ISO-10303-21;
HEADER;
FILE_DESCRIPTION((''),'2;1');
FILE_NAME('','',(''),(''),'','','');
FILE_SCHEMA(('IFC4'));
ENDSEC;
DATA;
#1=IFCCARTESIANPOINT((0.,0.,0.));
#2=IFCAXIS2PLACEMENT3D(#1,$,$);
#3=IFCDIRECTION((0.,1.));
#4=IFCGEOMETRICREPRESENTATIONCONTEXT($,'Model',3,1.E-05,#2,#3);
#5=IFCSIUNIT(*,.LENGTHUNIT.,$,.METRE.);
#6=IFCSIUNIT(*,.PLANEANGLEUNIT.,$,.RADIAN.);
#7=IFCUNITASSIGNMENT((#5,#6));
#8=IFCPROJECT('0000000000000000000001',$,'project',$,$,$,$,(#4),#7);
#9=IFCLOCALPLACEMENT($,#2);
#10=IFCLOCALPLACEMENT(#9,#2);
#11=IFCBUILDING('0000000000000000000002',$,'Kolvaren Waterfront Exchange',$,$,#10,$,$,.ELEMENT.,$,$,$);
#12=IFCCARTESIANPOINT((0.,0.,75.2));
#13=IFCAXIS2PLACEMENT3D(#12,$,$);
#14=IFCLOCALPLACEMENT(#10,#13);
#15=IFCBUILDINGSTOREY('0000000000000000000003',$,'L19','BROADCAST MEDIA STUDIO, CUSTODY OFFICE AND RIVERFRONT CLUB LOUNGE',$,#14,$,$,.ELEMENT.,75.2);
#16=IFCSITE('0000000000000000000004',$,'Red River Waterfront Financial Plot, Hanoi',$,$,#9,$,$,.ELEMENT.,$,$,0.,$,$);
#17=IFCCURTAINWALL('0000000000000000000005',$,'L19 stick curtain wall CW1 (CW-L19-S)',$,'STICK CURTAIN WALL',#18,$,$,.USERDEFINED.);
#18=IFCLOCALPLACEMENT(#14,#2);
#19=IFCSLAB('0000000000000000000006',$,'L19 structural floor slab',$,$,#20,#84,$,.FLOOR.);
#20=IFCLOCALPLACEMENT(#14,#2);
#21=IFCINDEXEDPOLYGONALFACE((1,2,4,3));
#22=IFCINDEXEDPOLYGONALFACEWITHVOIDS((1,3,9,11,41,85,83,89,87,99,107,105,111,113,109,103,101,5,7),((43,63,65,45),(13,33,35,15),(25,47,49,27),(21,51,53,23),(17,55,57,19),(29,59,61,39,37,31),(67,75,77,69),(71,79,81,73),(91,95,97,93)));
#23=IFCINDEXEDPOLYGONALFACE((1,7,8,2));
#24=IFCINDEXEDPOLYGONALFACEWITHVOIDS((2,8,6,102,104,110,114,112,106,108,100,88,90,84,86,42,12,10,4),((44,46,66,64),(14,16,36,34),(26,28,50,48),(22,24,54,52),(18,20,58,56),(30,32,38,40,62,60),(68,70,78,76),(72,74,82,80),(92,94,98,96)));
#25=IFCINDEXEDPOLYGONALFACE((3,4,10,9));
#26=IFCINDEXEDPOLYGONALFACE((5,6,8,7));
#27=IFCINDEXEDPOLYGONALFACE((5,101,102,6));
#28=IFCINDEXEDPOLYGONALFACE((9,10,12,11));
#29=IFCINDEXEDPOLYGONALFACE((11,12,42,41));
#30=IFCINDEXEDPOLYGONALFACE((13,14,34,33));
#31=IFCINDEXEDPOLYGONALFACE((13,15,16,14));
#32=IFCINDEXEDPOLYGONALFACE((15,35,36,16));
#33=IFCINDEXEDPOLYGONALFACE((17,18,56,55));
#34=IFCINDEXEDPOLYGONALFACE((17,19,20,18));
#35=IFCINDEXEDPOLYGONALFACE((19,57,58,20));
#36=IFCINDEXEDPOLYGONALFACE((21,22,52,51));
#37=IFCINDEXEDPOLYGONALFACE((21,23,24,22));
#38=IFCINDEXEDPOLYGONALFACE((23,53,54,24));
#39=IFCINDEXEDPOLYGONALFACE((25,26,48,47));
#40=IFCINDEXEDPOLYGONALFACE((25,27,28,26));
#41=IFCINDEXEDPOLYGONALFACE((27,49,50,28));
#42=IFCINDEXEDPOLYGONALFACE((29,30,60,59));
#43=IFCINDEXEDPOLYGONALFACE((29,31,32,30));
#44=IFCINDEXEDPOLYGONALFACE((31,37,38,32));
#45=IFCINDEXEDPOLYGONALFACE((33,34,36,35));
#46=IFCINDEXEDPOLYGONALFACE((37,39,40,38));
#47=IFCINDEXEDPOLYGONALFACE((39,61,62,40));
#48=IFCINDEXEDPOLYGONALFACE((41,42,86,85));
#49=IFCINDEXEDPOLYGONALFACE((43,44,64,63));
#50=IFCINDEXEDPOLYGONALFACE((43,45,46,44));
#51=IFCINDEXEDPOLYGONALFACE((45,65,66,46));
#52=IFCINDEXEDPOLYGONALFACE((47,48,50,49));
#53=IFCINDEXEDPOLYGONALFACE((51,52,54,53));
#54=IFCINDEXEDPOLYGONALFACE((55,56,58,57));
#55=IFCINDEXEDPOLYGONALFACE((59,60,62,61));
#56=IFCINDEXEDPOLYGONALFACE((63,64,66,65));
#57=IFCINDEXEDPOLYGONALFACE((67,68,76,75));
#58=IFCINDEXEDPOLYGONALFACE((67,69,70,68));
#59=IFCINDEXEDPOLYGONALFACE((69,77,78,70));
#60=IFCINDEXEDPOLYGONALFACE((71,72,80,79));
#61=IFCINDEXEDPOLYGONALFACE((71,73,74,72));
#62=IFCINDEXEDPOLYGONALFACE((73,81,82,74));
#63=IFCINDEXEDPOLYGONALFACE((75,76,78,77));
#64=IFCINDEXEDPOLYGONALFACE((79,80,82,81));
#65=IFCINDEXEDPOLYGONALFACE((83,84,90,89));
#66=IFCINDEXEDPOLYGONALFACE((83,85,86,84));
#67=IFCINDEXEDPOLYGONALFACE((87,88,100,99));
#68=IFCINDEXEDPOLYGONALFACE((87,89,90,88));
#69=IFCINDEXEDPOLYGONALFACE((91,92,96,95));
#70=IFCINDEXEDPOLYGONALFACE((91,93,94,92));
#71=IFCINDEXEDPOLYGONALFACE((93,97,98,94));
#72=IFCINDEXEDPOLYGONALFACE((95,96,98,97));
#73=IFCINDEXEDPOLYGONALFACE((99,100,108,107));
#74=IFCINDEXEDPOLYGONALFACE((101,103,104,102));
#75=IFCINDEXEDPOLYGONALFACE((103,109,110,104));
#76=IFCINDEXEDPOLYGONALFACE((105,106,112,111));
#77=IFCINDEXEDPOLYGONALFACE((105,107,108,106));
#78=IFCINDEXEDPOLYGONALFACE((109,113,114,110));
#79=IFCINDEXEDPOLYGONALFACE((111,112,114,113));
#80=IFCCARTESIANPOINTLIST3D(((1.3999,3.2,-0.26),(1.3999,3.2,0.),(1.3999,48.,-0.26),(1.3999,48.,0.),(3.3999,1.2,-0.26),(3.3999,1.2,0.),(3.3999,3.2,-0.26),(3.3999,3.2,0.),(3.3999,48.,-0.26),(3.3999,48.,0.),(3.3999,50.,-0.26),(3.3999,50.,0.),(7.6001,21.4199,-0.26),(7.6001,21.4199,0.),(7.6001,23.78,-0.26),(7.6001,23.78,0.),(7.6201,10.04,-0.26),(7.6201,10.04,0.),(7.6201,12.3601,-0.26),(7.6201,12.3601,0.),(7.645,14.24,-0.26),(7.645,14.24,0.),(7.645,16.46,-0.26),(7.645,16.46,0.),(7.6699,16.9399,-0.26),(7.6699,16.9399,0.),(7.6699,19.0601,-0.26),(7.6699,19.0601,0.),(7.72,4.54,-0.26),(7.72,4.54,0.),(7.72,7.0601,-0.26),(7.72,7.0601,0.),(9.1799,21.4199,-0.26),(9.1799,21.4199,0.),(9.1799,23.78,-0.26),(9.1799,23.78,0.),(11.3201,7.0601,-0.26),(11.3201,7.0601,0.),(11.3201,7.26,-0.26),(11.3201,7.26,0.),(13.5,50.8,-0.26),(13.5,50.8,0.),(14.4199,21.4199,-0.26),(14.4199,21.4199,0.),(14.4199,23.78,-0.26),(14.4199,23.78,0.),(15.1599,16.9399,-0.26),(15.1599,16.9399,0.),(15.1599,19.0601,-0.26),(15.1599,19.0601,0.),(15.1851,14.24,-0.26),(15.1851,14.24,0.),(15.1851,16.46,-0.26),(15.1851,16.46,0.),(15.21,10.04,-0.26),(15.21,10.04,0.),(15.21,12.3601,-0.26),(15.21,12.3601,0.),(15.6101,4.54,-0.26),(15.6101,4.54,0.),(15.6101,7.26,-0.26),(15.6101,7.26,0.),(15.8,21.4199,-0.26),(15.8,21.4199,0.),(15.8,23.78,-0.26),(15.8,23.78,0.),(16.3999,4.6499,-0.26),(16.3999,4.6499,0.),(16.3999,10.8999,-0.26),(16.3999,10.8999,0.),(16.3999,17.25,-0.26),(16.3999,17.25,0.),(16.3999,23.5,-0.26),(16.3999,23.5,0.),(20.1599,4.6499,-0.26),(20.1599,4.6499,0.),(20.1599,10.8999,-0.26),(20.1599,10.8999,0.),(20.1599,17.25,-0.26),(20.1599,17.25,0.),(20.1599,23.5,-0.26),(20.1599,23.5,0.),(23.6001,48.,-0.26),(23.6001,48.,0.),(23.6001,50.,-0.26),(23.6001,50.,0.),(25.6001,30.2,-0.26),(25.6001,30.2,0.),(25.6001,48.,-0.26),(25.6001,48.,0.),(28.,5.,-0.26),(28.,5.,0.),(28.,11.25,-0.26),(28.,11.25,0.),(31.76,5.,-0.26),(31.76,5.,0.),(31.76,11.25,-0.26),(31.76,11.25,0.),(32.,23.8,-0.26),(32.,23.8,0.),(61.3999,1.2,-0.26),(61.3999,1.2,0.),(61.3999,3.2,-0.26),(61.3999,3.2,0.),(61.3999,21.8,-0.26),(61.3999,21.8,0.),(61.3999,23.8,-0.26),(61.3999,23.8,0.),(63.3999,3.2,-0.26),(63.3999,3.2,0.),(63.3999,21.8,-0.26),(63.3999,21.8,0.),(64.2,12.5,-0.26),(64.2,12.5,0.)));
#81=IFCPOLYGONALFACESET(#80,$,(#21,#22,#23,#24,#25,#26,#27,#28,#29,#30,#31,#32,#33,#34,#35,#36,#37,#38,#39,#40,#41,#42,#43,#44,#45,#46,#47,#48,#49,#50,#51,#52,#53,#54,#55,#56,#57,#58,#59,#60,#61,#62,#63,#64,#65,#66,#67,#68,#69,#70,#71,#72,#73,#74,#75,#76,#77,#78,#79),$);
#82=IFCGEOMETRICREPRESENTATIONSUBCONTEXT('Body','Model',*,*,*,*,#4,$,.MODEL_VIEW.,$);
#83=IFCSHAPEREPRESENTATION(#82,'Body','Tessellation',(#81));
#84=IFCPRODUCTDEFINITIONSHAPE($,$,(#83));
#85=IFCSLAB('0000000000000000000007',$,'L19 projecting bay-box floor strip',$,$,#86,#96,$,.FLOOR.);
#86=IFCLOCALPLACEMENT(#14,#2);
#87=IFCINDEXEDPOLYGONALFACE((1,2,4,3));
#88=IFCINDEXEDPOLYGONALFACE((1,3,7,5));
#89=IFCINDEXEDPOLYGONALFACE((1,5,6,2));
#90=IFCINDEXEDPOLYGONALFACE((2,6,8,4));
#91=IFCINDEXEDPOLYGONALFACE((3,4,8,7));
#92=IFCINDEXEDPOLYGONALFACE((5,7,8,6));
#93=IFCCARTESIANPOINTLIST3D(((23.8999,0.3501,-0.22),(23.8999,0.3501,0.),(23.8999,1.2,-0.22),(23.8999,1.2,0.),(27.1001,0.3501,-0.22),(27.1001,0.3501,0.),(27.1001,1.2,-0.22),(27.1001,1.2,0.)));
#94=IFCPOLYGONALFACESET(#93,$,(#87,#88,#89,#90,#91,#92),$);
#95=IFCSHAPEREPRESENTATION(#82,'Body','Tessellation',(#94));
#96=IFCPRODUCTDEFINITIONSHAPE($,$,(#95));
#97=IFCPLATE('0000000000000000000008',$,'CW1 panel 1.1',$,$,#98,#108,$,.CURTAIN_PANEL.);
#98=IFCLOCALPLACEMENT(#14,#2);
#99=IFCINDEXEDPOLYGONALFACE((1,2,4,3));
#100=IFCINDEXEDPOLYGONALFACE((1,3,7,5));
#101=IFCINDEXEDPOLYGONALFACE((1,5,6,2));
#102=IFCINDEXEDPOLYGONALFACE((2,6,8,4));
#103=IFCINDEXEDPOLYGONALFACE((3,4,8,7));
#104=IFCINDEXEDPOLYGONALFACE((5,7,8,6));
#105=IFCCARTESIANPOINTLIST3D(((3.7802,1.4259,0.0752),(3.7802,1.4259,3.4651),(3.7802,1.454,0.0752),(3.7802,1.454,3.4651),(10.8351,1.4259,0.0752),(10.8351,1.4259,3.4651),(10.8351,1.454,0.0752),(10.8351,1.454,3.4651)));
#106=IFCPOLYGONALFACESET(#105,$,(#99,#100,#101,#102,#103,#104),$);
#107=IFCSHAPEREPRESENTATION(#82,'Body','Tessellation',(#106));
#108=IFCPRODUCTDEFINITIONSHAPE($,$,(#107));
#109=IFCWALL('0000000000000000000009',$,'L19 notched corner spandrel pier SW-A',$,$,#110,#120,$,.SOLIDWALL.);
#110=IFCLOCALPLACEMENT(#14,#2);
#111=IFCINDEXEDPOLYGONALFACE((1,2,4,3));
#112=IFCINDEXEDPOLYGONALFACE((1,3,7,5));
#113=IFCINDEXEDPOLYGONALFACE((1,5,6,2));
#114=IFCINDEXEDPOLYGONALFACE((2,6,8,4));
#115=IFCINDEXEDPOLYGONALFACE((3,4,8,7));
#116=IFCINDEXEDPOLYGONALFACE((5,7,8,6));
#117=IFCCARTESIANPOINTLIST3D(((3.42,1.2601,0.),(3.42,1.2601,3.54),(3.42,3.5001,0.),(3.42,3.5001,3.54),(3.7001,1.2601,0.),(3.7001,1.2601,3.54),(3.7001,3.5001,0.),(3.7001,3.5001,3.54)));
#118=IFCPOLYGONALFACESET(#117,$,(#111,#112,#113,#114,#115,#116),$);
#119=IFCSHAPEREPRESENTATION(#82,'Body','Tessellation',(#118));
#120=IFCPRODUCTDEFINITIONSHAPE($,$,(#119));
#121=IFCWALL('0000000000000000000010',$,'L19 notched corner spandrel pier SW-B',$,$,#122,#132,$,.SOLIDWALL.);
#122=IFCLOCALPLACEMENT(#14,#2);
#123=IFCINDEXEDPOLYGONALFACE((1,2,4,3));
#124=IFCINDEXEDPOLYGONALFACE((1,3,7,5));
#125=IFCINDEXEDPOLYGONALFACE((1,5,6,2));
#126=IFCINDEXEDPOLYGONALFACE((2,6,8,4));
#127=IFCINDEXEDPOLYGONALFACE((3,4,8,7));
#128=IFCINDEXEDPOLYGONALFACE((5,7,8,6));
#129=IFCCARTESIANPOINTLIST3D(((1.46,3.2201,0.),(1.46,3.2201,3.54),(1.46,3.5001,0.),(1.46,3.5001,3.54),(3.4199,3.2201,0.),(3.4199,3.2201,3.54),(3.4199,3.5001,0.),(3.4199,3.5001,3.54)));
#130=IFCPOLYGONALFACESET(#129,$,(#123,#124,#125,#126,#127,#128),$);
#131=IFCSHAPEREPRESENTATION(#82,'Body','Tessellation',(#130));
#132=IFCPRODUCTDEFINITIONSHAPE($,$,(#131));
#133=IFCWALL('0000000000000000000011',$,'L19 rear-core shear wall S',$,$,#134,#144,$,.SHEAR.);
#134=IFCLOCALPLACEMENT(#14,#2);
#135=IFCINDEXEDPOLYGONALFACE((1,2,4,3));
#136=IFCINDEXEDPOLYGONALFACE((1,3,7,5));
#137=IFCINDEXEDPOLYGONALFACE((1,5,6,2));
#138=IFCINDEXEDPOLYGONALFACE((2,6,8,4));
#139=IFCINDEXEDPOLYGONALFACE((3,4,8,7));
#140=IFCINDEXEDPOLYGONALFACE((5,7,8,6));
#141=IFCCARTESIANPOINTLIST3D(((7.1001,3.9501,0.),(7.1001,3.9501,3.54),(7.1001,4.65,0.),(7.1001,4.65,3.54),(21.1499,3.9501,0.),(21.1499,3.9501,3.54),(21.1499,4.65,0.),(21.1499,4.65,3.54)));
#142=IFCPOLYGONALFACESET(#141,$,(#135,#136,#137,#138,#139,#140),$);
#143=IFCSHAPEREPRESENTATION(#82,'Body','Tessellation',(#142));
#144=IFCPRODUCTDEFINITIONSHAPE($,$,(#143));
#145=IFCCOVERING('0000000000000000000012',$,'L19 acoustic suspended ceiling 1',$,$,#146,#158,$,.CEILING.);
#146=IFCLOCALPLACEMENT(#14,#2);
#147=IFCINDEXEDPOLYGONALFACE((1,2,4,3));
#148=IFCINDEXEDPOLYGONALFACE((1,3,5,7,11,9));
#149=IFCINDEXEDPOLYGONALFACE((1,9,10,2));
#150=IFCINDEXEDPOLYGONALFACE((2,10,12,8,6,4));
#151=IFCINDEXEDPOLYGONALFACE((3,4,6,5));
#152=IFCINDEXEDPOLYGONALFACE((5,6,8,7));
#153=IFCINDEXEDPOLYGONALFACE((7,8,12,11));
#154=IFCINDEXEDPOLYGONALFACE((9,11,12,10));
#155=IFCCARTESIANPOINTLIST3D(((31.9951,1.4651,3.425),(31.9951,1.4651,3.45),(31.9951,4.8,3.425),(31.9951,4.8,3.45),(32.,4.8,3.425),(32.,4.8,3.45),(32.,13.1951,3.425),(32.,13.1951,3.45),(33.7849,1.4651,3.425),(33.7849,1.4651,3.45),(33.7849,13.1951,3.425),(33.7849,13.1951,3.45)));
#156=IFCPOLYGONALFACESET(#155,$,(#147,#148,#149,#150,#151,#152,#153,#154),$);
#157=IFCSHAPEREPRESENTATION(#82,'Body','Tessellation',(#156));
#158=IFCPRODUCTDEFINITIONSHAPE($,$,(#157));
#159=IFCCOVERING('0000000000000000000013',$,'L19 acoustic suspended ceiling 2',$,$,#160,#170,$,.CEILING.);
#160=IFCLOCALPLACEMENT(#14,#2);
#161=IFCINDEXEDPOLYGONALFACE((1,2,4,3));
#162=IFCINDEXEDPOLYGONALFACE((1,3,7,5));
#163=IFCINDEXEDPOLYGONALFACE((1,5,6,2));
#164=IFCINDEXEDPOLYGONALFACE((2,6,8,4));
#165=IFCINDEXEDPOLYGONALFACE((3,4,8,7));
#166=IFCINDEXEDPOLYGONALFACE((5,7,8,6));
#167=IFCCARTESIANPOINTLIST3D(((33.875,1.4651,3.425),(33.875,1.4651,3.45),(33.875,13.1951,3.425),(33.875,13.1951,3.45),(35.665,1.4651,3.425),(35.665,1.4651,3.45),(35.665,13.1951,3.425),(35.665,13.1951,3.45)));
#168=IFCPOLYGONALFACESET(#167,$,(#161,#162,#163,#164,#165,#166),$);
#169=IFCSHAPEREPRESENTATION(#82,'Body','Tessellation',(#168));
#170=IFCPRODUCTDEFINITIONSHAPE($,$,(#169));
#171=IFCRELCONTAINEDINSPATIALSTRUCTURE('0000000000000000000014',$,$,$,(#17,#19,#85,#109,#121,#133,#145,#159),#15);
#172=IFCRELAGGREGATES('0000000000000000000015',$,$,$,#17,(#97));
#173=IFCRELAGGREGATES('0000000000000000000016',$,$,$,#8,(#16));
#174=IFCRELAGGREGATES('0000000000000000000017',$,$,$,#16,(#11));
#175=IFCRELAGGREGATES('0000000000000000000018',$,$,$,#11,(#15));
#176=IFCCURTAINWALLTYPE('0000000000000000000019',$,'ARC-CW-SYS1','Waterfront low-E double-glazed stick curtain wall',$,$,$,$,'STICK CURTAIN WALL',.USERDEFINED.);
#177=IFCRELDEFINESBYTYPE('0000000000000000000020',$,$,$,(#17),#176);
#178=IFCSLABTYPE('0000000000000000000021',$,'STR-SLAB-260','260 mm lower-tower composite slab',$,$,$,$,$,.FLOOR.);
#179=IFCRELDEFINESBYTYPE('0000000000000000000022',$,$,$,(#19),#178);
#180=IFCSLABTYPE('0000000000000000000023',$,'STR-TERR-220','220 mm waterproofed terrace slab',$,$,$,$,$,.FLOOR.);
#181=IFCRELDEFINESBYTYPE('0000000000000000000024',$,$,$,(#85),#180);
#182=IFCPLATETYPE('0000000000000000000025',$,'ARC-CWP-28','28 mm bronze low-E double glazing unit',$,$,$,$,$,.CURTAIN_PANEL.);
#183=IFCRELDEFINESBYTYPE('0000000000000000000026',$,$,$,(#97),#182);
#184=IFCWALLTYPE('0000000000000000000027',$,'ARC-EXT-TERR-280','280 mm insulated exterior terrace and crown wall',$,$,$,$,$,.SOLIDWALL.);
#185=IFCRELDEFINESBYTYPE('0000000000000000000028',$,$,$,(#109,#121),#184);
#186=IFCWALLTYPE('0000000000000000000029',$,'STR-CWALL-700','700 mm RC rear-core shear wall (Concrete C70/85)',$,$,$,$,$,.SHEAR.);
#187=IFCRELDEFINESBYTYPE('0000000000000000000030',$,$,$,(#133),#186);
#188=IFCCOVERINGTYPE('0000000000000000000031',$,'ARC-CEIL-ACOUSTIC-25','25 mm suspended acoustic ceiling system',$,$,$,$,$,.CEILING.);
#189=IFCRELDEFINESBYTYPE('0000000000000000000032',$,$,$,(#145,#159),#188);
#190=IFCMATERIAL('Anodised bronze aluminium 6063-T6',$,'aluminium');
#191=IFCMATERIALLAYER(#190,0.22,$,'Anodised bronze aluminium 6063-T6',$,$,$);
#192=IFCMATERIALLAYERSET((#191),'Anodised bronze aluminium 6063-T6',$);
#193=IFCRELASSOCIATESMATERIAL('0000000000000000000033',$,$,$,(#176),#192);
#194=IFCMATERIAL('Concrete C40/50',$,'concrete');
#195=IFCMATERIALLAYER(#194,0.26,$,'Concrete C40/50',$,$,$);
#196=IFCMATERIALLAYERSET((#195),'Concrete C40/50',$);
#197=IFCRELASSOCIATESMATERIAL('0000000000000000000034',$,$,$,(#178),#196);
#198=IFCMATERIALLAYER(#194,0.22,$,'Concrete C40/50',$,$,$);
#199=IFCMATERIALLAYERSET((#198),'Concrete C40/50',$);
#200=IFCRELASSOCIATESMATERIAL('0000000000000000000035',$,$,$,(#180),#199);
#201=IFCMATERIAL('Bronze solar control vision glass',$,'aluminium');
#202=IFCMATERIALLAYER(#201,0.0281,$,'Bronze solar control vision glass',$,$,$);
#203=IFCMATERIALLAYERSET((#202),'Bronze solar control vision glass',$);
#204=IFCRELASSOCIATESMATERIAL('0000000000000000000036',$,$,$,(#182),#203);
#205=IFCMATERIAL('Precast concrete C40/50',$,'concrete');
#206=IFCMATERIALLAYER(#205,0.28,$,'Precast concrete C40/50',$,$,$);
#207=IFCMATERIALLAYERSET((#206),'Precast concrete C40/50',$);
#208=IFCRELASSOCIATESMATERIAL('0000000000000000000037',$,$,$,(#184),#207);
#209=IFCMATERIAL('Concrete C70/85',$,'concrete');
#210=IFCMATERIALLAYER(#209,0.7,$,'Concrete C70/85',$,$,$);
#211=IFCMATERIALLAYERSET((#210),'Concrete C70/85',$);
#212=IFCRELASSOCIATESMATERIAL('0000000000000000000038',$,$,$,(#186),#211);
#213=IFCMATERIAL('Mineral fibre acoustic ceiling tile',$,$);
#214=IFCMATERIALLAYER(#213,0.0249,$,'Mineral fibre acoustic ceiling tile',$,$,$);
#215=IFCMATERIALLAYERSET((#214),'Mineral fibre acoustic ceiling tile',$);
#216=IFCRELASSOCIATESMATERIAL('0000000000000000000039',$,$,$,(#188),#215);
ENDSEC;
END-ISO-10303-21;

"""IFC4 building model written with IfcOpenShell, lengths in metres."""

from ifc_helpers import new_model, si_unit, direction, frame, frame_2d, origin, origin_with_axes, origin_2d, place, context, subcontext, project, spatial, polyline, rectangle, outline, extrude, source, transform, mapped, material, layer, layer_set, type_object, element, aggregate, save


model = new_model("IFC4")

# Units and contexts
model_context = context("Model", 3, precision=1e-05, world=origin(), true_north=direction((0.0, 1.0)))
body_context = subcontext(model_context, "Body", "Model", "MODEL_VIEW")
ifc_project = project(units=[si_unit("LENGTHUNIT", "METRE"), si_unit("PLANEANGLEUNIT", "RADIAN")], contexts=[model_context])

# Site, building, storey
site_placement = place(None, origin())
site = spatial("IfcSite", under=ifc_project, at=site_placement, Name="Red River Waterfront Financial Plot, Hanoi", CompositionType="ELEMENT", RefElevation=0.0)
building_placement = place(site_placement, origin())
building = spatial("IfcBuilding", under=site, at=building_placement, Name="Kolvaren Waterfront Exchange", CompositionType="ELEMENT")
storey_placement = place(building_placement, frame((0.0, 0.0, 75.2)))
storey = spatial("IfcBuildingStorey", under=building, at=storey_placement, Name="L19", Description="BROADCAST MEDIA STUDIO, CUSTODY OFFICE AND RIVERFRONT CLUB LOUNGE", CompositionType="ELEMENT", Elevation=75.2)

# Curtain wall
ifc_material_1 = material(Name="Anodised bronze aluminium 6063-T6", Category="aluminium")
ifc_layer_1 = layer(ifc_material_1, 0.22, Name="Anodised bronze aluminium 6063-T6")
ifc_layer_set_1 = layer_set([ifc_layer_1], Name="Anodised bronze aluminium 6063-T6")
curtain_wall_type_1 = type_object("IfcCurtainWallType", Name="ARC-CW-SYS1", Description="Waterfront low-E double-glazed stick curtain wall", ElementType="STICK CURTAIN WALL", PredefinedType="USERDEFINED", material=ifc_layer_set_1)
curtain_wall_1_placement = place(storey_placement, origin())
curtain_wall_1 = element("IfcCurtainWall", 1, at=curtain_wall_1_placement, inside=storey, type_object=curtain_wall_type_1, Name="L19 stick curtain wall CW1 (CW-L19-S)", ObjectType="STICK CURTAIN WALL", PredefinedType="USERDEFINED")

# Shared definitions
ifc_material_2 = material(Name="Concrete C40/50", Category="concrete")

# Slabs
ifc_layer_2 = layer(ifc_material_2, 0.26, Name="Concrete C40/50")
ifc_layer_set_2 = layer_set([ifc_layer_2], Name="Concrete C40/50")
slab_type_1 = type_object("IfcSlabType", Name="STR-SLAB-260", Description="260 mm lower-tower composite slab", PredefinedType="FLOOR", material=ifc_layer_set_2)
slab_1_placement = place(storey_placement, frame((0.0, 0.0, -0.26)))
element("IfcSlab", 2, at=slab_1_placement, inside=storey, type_object=slab_type_1, Name="L19 structural floor slab", PredefinedType="FLOOR", context=body_context, shape_type="SweptSolid", body=[
    extrude(outline(polyline([(3.3999, 1.2), (61.3999, 1.2), (61.3999, 3.2), (63.3999, 3.2), (64.2, 12.5), (63.3999, 21.8), (61.3999, 21.8), (61.3999, 23.8), (32.0, 23.8), (25.6001, 30.2), (25.6001, 48.0), (23.6001, 48.0), (23.6001, 50.0), (13.5, 50.8), (3.3999, 50.0), (3.3999, 48.0), (1.3999, 48.0), (1.3999, 3.2), (3.3999, 3.2), (3.3999, 1.2)]), holes=[polyline([(11.3201, 7.26), (15.6101, 7.26), (15.6101, 4.54), (7.72, 4.54), (7.72, 7.0601), (11.3201, 7.0601), (11.3201, 7.26)]), polyline([(20.1599, 4.6499), (16.3999, 4.6499), (16.3999, 10.8999), (20.1599, 10.8999), (20.1599, 4.6499)]), polyline([(31.76, 5.0), (28.0, 5.0), (28.0, 11.25), (31.76, 11.25), (31.76, 5.0)]), polyline([(15.21, 10.04), (7.6201, 10.04), (7.6201, 12.3601), (15.21, 12.3601), (15.21, 10.04)]), polyline([(7.645, 16.46), (15.1851, 16.46), (15.1851, 14.24), (7.645, 14.24), (7.645, 16.46)]), polyline([(15.1599, 16.9399), (7.6699, 16.9399), (7.6699, 19.0601), (15.1599, 19.0601), (15.1599, 16.9399)]), polyline([(16.3999, 23.5), (20.1599, 23.5), (20.1599, 17.25), (16.3999, 17.25), (16.3999, 23.5)]), polyline([(7.6001, 23.78), (9.1799, 23.78), (9.1799, 21.4199), (7.6001, 21.4199), (7.6001, 23.78)]), polyline([(15.8, 23.78), (15.8, 21.4199), (14.4199, 21.4199), (14.4199, 23.78), (15.8, 23.78)])]), origin(), (0.0, 0.0, 1.0), 0.26),
])
ifc_layer_3 = layer(ifc_material_2, 0.22, Name="Concrete C40/50")
ifc_layer_set_3 = layer_set([ifc_layer_3], Name="Concrete C40/50")
slab_type_2 = type_object("IfcSlabType", Name="STR-TERR-220", Description="220 mm waterproofed terrace slab", PredefinedType="FLOOR", material=ifc_layer_set_3)
slab_2_placement = place(storey_placement, frame((0.0, 0.0, -0.22)))
element("IfcSlab", 3, at=slab_2_placement, inside=storey, type_object=slab_type_2, Name="L19 projecting bay-box floor strip", PredefinedType="FLOOR", context=body_context, shape_type="SweptSolid", body=[
    extrude(outline(polyline([(23.8999, 0.3501), (27.1001, 0.3501), (27.1001, 1.2), (23.8999, 1.2), (23.8999, 0.3501)])), origin(), (0.0, 0.0, 1.0), 0.22),
])

# Plate
ifc_material_3 = material(Name="Bronze solar control vision glass", Category="aluminium")
ifc_layer_4 = layer(ifc_material_3, 0.0281, Name="Bronze solar control vision glass")
ifc_layer_set_4 = layer_set([ifc_layer_4], Name="Bronze solar control vision glass")
plate_type = type_object("IfcPlateType", Name="ARC-CWP-28", Description="28 mm bronze low-E double glazing unit", PredefinedType="CURTAIN_PANEL", material=ifc_layer_set_4)
shared_shape_1 = source(origin_with_axes(), body_context, "Body", "SweptSolid", [
    extrude(rectangle(XDim=7.0549, YDim=0.0281, at=origin_2d()), origin(), (0.0, 0.0, 1.0), 3.3899),
])
plate_placement = place(storey_placement, frame((7.3076, 1.4399, 0.0752), z_axis=(0.0, 0.0, 1.0), x_axis=(1.0, 0.0, 0.0)))
plate = element("IfcPlate", 4, at=plate_placement, type_object=plate_type, Name="CW1 panel 1.1", PredefinedType="CURTAIN_PANEL", context=body_context, shape_type="MappedRepresentation", body=[
    mapped(shared_shape_1, transform((0.0, 0.0, 0.0), x_axis=(1.0, 0.0, 0.0), y_axis=(0.0, 1.0, 0.0), z_axis=(0.0, 0.0, 1.0), scale=1.0)),
])
aggregate(curtain_wall_1, [plate])

# Walls
ifc_material_4 = material(Name="Precast concrete C40/50", Category="concrete")
ifc_layer_5 = layer(ifc_material_4, 0.28, Name="Precast concrete C40/50")
ifc_layer_set_5 = layer_set([ifc_layer_5], Name="Precast concrete C40/50")
wall_type_1 = type_object("IfcWallType", Name="ARC-EXT-TERR-280", Description="280 mm insulated exterior terrace and crown wall", PredefinedType="SOLIDWALL", material=ifc_layer_set_5)
wall_1_placement = place(storey_placement, frame((3.5601, 1.26, 0.0), z_axis=(0.0, 0.0, 1.0), x_axis=(0.0, 1.0, 0.0)))
element("IfcWall", 5, at=wall_1_placement, inside=storey, type_object=wall_type_1, Name="L19 notched corner spandrel pier SW-A", PredefinedType="SOLIDWALL", context=body_context, shape_type="SweptSolid", body=[
    extrude(rectangle(XDim=2.24, YDim=0.28, at=frame_2d((1.1201, 0.0))), origin(), (0.0, 0.0, 1.0), 3.54),
])
wall_2_placement = place(storey_placement, frame((1.46, 3.3601, 0.0), z_axis=(0.0, 0.0, 1.0), x_axis=(1.0, 0.0, 0.0)))
element("IfcWall", 6, at=wall_2_placement, inside=storey, type_object=wall_type_1, Name="L19 notched corner spandrel pier SW-B", PredefinedType="SOLIDWALL", context=body_context, shape_type="SweptSolid", body=[
    extrude(rectangle(XDim=1.96, YDim=0.28, at=frame_2d((0.98, 0.0))), origin(), (0.0, 0.0, 1.0), 3.54),
])
ifc_material_5 = material(Name="Concrete C70/85", Category="concrete")
ifc_layer_6 = layer(ifc_material_5, 0.7, Name="Concrete C70/85")
ifc_layer_set_6 = layer_set([ifc_layer_6], Name="Concrete C70/85")
wall_type_2 = type_object("IfcWallType", Name="STR-CWALL-700", Description="700 mm RC rear-core shear wall (Concrete C70/85)", PredefinedType="SHEAR", material=ifc_layer_set_6)
wall_3_placement = place(storey_placement, frame((7.1001, 4.3, 0.0), z_axis=(0.0, 0.0, 1.0), x_axis=(1.0, 0.0, 0.0)))
element("IfcWall", 7, at=wall_3_placement, inside=storey, type_object=wall_type_2, Name="L19 rear-core shear wall S", PredefinedType="SHEAR", context=body_context, shape_type="SweptSolid", body=[
    extrude(rectangle(XDim=14.0498, YDim=0.7, at=frame_2d((7.0249, 0.0))), origin(), (0.0, 0.0, 1.0), 3.54),
])

# Coverings
ifc_material_6 = material(Name="Mineral fibre acoustic ceiling tile")
ifc_layer_7 = layer(ifc_material_6, 0.0249, Name="Mineral fibre acoustic ceiling tile")
ifc_layer_set_7 = layer_set([ifc_layer_7], Name="Mineral fibre acoustic ceiling tile")
covering_type_1 = type_object("IfcCoveringType", Name="ARC-CEIL-ACOUSTIC-25", Description="25 mm suspended acoustic ceiling system", PredefinedType="CEILING", material=ifc_layer_set_7)
covering_1_placement = place(storey_placement, frame((0.0, 0.0, 3.425)))
element("IfcCovering", 8, at=covering_1_placement, inside=storey, type_object=covering_type_1, Name="L19 acoustic suspended ceiling 1", PredefinedType="CEILING", context=body_context, shape_type="SweptSolid", body=[
    extrude(outline(polyline([(33.7849, 1.4651), (33.7849, 13.1951), (32.0, 13.1951), (32.0, 4.8), (31.9951, 4.8), (31.9951, 1.4651), (33.7849, 1.4651)])), origin(), (0.0, 0.0, 1.0), 0.0249),
])
covering_2_placement = place(storey_placement, frame((0.0, 0.0, 3.425)))
element("IfcCovering", 9, at=covering_2_placement, inside=storey, type_object=covering_type_1, Name="L19 acoustic suspended ceiling 2", PredefinedType="CEILING", context=body_context, shape_type="SweptSolid", body=[
    extrude(outline(polyline([(35.665, 1.4651), (35.665, 13.1951), (33.875, 13.1951), (33.875, 1.4651), (35.665, 1.4651)])), origin(), (0.0, 0.0, 1.0), 0.0249),
])

save(model, "model.ifc")
